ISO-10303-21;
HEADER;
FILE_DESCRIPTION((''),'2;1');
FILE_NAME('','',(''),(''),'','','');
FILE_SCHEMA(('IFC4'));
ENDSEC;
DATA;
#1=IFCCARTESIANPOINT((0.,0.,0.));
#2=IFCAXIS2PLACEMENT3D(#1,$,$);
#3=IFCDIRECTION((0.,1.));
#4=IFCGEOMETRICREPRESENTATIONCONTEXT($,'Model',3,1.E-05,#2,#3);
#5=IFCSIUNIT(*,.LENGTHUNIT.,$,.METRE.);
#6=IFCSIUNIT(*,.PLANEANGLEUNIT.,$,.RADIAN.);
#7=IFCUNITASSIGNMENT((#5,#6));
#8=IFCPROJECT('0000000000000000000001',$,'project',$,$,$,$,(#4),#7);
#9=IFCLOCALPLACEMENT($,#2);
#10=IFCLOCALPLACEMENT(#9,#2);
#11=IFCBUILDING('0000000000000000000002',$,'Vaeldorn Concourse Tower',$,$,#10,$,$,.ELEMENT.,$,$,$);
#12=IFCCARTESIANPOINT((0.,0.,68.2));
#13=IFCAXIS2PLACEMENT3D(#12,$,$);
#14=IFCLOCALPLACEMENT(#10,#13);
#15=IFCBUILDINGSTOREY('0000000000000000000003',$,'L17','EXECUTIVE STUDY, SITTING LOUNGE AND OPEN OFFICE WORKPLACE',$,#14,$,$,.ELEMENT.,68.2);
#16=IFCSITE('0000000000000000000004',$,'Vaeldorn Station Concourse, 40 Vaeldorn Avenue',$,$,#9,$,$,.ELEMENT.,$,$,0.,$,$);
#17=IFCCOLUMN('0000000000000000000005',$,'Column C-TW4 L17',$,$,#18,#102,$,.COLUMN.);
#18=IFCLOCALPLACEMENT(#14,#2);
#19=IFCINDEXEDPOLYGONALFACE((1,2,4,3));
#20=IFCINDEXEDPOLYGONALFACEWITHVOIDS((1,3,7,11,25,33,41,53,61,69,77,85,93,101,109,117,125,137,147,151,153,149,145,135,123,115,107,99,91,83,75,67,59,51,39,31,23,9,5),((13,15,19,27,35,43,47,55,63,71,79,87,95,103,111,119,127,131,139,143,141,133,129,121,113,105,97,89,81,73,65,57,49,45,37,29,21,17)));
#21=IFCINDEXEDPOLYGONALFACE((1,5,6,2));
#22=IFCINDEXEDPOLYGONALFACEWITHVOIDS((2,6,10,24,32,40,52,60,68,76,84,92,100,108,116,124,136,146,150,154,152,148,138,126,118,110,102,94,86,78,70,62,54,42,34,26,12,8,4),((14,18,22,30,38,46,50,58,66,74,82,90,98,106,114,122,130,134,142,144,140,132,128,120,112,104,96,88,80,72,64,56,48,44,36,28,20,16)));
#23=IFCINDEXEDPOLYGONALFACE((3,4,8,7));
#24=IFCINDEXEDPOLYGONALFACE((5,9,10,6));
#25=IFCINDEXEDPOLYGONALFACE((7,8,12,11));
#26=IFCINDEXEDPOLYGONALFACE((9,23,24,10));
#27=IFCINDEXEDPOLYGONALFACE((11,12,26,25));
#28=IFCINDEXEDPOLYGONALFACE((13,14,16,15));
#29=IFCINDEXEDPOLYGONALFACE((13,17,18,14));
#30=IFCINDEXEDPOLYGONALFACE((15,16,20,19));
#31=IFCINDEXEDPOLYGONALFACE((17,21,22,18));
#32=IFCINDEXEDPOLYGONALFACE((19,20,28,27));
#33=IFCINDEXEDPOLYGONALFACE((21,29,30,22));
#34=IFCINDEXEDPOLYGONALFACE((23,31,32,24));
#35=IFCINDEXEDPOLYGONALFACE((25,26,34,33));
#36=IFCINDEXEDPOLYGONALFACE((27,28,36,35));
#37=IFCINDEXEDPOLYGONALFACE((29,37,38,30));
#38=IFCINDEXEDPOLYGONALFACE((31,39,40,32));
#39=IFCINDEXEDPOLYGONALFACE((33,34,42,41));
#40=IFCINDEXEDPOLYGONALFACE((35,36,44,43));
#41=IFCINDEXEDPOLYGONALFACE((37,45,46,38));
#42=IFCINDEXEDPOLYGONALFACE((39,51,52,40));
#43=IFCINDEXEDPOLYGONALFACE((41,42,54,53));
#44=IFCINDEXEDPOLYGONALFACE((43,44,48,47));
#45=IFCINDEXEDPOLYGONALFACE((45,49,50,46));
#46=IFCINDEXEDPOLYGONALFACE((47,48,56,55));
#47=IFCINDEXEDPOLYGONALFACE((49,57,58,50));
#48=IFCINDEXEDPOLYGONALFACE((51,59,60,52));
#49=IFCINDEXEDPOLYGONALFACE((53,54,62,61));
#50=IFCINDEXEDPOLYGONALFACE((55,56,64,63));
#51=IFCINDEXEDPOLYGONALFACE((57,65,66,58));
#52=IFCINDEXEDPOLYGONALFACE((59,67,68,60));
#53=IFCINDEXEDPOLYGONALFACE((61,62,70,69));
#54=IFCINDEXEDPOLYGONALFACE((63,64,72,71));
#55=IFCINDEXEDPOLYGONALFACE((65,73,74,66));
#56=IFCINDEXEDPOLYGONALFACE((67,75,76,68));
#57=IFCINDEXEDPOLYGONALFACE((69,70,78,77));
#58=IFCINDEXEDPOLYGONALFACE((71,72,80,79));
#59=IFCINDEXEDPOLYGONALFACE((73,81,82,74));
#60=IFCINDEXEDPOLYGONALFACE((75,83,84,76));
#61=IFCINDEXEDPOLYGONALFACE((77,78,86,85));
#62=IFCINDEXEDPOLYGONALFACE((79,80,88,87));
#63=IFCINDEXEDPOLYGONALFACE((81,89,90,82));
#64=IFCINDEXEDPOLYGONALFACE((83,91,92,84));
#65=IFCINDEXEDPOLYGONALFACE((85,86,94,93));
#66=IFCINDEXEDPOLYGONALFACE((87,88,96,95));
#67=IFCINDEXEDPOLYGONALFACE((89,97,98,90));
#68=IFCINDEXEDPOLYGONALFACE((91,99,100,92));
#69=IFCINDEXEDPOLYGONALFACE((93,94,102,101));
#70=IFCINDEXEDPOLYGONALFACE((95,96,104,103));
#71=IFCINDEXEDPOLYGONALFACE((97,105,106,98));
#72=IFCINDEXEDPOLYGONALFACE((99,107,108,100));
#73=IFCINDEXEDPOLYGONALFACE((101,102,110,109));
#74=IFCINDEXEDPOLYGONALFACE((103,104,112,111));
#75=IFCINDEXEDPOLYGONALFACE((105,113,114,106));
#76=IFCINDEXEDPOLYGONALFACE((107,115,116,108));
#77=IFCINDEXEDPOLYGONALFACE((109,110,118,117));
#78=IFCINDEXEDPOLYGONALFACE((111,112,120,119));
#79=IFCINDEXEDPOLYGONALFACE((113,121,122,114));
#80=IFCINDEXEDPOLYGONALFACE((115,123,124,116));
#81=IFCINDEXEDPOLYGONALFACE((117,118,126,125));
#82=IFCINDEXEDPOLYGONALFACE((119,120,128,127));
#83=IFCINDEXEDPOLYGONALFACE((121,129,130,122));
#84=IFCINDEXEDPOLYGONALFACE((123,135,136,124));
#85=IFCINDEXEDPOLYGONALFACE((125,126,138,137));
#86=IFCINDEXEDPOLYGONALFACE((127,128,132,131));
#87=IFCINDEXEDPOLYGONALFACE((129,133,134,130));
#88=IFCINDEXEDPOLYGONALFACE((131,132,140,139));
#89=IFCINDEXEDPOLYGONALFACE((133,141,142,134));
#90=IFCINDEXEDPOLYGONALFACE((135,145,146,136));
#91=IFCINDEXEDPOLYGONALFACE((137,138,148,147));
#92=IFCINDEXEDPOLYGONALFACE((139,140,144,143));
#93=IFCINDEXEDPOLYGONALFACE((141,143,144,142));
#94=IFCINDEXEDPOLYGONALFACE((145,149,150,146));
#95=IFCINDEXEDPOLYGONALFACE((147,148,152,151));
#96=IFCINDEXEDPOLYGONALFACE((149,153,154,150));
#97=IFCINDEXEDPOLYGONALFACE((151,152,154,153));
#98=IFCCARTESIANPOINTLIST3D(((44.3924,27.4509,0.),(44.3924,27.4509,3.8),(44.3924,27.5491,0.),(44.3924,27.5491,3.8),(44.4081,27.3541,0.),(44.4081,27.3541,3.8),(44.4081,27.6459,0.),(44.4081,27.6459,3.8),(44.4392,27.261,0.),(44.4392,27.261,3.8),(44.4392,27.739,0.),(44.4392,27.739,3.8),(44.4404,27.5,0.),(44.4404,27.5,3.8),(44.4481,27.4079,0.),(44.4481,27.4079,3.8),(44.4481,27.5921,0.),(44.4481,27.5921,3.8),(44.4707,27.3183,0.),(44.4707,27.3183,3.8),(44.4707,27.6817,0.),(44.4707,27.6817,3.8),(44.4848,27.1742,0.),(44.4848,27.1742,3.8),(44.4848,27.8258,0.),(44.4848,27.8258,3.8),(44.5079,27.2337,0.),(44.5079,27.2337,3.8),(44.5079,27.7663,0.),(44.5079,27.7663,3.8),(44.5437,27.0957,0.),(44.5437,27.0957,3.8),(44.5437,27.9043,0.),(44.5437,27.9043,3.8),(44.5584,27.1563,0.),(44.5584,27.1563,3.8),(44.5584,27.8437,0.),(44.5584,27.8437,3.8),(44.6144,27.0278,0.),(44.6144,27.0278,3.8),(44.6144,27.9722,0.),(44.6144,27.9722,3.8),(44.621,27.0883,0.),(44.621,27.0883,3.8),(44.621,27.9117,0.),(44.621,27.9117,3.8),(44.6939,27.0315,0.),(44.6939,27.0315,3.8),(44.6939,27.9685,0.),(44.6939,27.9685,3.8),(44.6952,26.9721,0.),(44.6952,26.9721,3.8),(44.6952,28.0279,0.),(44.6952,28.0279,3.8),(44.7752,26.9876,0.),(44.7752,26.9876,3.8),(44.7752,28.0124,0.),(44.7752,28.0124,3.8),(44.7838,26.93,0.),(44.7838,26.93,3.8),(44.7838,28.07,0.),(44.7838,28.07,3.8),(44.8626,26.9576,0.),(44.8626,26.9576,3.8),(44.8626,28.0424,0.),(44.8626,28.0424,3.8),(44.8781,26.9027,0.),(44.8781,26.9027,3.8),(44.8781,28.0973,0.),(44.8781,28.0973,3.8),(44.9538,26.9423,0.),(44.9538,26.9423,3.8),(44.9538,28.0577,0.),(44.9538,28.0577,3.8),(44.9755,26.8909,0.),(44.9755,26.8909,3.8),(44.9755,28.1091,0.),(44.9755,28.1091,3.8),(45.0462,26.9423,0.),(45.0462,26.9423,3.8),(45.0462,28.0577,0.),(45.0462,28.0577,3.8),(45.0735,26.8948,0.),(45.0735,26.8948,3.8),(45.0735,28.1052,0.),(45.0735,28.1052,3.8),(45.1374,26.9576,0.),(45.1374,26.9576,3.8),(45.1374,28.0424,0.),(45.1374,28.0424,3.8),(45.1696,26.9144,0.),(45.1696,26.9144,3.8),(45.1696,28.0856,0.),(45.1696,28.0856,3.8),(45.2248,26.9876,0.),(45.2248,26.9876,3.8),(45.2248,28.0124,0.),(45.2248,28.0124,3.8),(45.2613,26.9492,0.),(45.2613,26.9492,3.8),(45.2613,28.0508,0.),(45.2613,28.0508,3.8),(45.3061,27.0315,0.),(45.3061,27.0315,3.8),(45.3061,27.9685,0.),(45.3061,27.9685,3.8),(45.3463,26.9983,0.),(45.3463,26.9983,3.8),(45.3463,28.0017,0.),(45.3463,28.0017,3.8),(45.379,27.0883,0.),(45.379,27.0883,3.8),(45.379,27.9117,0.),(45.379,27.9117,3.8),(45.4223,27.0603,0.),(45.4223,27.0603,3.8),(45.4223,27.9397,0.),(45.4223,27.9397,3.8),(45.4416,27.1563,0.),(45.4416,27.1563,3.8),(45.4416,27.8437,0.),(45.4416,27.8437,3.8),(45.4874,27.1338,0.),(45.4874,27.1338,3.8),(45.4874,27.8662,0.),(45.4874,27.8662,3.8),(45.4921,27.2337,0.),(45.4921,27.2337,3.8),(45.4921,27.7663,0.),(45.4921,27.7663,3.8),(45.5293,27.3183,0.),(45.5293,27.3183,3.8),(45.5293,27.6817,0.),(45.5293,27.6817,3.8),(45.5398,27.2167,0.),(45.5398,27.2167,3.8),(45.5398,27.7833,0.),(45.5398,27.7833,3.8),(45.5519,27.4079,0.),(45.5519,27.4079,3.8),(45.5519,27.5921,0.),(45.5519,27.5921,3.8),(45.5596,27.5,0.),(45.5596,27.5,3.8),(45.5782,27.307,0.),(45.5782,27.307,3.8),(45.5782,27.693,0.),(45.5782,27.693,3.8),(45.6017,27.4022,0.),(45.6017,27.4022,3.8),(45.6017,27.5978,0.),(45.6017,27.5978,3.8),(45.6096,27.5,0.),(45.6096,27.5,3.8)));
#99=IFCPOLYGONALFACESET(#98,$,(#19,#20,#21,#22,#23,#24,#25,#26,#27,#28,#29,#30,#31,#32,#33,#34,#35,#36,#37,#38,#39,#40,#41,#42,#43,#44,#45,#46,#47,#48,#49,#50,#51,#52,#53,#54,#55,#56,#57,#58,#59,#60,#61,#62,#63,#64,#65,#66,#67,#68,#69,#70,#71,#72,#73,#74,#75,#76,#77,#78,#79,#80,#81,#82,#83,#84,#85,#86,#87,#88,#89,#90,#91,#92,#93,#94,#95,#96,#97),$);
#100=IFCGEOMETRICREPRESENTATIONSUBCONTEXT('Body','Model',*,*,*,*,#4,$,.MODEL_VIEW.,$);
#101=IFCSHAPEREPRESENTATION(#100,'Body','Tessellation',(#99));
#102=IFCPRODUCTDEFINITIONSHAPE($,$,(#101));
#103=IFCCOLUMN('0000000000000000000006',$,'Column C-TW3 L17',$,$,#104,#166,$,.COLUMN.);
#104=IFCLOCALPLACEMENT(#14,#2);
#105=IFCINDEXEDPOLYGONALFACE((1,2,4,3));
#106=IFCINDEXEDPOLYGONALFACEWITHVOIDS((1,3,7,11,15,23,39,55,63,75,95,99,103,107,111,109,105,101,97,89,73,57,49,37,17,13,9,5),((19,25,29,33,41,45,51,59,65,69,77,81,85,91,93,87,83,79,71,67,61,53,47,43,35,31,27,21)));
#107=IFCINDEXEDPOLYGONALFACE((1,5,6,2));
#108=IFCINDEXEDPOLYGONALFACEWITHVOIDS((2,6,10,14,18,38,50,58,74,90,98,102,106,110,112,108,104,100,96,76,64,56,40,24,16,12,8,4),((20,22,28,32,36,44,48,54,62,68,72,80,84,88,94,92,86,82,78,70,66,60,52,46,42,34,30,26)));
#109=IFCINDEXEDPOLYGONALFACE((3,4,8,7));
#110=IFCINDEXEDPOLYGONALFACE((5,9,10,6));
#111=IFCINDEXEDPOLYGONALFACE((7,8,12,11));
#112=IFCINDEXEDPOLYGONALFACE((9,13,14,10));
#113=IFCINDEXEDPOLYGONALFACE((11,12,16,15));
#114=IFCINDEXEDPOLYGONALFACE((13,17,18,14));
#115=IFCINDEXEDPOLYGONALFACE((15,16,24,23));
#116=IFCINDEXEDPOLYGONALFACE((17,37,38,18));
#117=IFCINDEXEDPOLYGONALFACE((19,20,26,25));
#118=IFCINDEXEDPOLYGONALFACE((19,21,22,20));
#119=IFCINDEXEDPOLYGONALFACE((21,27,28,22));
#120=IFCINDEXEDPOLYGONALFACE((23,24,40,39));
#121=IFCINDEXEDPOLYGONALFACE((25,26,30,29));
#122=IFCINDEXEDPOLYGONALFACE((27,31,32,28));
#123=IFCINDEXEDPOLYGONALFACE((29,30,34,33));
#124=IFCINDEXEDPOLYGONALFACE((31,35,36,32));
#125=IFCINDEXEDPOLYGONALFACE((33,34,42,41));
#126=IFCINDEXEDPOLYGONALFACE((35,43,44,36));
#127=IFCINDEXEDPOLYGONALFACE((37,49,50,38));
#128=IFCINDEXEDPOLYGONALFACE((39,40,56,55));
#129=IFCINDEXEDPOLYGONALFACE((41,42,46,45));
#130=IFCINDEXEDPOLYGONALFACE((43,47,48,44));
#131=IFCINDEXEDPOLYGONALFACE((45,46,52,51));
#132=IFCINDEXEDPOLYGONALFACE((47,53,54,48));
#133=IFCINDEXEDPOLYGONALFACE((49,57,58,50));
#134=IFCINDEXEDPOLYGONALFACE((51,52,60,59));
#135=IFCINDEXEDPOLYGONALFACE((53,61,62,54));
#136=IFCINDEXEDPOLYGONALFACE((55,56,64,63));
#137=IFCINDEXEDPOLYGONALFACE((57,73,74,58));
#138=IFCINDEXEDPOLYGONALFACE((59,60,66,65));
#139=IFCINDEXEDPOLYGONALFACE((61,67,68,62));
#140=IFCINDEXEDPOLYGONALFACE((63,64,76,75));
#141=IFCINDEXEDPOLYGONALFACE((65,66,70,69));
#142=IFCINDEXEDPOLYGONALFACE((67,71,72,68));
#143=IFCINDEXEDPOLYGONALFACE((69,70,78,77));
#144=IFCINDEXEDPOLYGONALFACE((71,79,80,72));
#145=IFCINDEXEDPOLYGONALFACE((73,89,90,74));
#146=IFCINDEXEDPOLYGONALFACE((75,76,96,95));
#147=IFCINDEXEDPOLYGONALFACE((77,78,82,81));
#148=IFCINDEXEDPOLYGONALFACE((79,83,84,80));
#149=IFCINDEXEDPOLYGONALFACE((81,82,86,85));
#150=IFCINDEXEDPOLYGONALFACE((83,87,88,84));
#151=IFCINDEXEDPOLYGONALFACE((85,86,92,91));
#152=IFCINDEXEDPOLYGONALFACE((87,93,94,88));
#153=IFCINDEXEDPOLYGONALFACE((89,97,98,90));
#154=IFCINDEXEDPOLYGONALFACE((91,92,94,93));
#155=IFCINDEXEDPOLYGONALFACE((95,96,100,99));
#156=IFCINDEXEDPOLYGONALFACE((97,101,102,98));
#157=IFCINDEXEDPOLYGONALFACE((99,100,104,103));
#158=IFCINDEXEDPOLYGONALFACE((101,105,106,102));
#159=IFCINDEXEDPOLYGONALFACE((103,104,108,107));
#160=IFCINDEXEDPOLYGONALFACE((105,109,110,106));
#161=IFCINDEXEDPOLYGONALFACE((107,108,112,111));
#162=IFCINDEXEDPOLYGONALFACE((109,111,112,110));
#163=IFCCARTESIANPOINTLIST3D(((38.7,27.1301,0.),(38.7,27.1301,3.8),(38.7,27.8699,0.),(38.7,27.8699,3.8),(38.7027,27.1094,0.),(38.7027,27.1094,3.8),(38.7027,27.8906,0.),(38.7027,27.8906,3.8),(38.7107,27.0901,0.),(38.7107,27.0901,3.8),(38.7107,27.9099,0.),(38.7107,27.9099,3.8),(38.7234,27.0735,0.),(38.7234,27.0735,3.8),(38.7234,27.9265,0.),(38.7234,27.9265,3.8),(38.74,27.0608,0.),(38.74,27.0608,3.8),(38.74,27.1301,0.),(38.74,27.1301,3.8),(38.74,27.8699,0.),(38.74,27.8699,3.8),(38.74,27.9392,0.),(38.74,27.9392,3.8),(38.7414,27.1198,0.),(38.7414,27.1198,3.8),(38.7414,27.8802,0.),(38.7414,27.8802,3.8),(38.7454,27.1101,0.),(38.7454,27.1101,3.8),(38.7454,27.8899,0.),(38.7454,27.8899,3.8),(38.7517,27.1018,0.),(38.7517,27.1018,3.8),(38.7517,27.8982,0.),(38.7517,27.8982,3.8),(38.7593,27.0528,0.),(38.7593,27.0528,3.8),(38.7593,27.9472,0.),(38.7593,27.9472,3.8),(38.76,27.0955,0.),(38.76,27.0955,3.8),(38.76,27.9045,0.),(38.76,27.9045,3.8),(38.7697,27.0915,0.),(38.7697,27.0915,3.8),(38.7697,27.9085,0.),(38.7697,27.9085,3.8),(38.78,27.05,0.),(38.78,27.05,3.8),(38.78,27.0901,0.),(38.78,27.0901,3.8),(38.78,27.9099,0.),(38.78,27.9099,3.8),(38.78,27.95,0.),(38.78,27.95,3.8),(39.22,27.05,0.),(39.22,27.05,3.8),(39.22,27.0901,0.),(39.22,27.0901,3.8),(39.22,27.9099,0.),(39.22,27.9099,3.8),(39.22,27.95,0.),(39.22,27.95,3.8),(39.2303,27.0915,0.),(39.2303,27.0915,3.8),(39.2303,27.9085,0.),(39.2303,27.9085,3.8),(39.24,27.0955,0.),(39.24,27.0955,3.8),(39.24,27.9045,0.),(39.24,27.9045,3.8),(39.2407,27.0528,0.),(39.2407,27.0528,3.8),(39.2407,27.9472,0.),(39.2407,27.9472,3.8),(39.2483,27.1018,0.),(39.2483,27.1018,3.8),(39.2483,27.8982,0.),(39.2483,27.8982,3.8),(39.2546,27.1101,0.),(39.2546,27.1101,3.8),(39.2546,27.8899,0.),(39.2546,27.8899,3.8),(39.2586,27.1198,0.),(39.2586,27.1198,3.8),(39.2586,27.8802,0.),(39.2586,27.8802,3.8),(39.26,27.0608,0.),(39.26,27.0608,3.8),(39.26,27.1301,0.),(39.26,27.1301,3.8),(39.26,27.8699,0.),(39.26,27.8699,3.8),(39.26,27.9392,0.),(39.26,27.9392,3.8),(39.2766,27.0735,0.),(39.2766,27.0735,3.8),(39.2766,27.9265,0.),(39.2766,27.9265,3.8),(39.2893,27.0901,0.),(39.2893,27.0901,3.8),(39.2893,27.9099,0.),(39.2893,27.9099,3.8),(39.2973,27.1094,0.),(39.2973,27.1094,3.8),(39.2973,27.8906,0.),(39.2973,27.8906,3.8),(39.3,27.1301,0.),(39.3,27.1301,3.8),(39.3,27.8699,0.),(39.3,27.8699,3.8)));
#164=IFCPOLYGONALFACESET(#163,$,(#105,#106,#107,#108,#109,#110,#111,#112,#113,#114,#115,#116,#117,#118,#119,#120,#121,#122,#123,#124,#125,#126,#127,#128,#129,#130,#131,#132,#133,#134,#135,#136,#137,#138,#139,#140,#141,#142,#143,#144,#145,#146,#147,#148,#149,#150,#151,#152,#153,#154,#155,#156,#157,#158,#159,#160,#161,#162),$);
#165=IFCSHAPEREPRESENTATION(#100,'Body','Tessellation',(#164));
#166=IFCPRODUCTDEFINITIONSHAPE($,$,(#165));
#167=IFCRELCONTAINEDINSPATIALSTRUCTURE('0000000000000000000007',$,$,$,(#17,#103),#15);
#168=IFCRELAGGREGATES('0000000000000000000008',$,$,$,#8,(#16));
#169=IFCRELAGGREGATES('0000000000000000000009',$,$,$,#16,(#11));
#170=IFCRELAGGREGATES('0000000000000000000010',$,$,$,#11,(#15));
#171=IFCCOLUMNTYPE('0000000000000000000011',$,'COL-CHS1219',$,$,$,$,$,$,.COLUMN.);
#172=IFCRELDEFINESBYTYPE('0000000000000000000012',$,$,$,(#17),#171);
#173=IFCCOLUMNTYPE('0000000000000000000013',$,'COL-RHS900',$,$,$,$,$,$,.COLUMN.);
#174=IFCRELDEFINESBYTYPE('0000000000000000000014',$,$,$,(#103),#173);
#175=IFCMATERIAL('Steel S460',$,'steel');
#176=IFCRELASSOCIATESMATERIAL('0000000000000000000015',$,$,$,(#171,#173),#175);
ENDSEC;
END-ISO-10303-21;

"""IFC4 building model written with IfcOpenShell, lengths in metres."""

from ifc_helpers import new_model, si_unit, direction, frame, origin, origin_2d, place, context, subcontext, project, spatial, hollow_rectangle, hollow_circle, extrude, source, transform, mapped, material, material_profile, profile_set, type_object, element, save


model = new_model("IFC4")

# Units and contexts
model_context = context("Model", 3, precision=1e-05, world=origin(), true_north=direction((0.0, 1.0)))
body_context = subcontext(model_context, "Body", "Model", "MODEL_VIEW")
ifc_project = project(units=[si_unit("LENGTHUNIT", "METRE"), si_unit("PLANEANGLEUNIT", "RADIAN")], contexts=[model_context])

# Site, building, storey
site_placement = place(None, origin())
site = spatial("IfcSite", under=ifc_project, at=site_placement, Name="Vaeldorn Station Concourse, 40 Vaeldorn Avenue", CompositionType="ELEMENT", RefElevation=0.0)
building_placement = place(site_placement, origin())
building = spatial("IfcBuilding", under=site, at=building_placement, Name="Vaeldorn Concourse Tower", CompositionType="ELEMENT")
storey_placement = place(building_placement, frame((0.0, 0.0, 68.2)))
storey = spatial("IfcBuildingStorey", under=building, at=storey_placement, Name="L17", Description="EXECUTIVE STUDY, SITTING LOUNGE AND OPEN OFFICE WORKPLACE", CompositionType="ELEMENT", Elevation=68.2)

# Columns
ifc_material_1 = material(Name="Steel S460", Category="steel")
ifc_material_profile_1 = material_profile(ifc_material_1, hollow_circle(Radius=0.6096, WallThickness=0.05, at=origin_2d()), Name="CHS 1219x50")
ifc_profile_set_1 = profile_set([ifc_material_profile_1], Name="Steel S460")
column_type_1 = type_object("IfcColumnType", Name="COL-CHS1219", PredefinedType="COLUMN", material=ifc_profile_set_1)
shared_shape_1 = source(origin(), body_context, "Body", "SweptSolid", [
    extrude(hollow_circle(Radius=0.6096, WallThickness=0.05, at=origin_2d()), origin(), (0.0, 0.0, 1.0), 3.8),
])
column_placement = place(storey_placement, frame((45.0, 27.5, 0.0), z_axis=(0.0, 0.0, 1.0), x_axis=(1.0, 0.0, 0.0)))
element("IfcColumn", 1, at=column_placement, inside=storey, type_object=column_type_1, Name="Column C-TW4 L17", PredefinedType="COLUMN", context=body_context, shape_type="MappedRepresentation", body=[
    mapped(shared_shape_1, transform((0.0, 0.0, 0.0), scale=1.0)),
])
ifc_material_profile_2 = material_profile(ifc_material_1, hollow_rectangle(XDim=0.6001, YDim=0.8999, WallThickness=0.04, InnerFilletRadius=0.04, OuterFilletRadius=0.0801, at=origin_2d()), Name="RHS 900x600x40")
ifc_profile_set_2 = profile_set([ifc_material_profile_2], Name="Steel S460")
column_type_2 = type_object("IfcColumnType", Name="COL-RHS900", PredefinedType="COLUMN", material=ifc_profile_set_2)
shared_shape_2 = source(origin(), body_context, "Body", "SweptSolid", [
    extrude(hollow_rectangle(XDim=0.6001, YDim=0.8999, WallThickness=0.04, InnerFilletRadius=0.04, OuterFilletRadius=0.0801, at=origin_2d()), origin(), (0.0, 0.0, 1.0), 3.8),
])
for number, where, z_axis, x_axis, name in (
    (2, (39.0, 27.5, 0.0), (0.0, 0.0, 1.0), (1.0, 0.0, 0.0), "Column C-TW3 L17"),
):
    element("IfcColumn", number, at=place(storey_placement, frame(where, z_axis=z_axis, x_axis=x_axis)), inside=storey, type_object=column_type_2, Name=name, PredefinedType="COLUMN", context=body_context, shape_type="MappedRepresentation", body=[
        mapped(shared_shape_2, transform((0.0, 0.0, 0.0), scale=1.0)),
    ])

save(model, "model.ifc")
